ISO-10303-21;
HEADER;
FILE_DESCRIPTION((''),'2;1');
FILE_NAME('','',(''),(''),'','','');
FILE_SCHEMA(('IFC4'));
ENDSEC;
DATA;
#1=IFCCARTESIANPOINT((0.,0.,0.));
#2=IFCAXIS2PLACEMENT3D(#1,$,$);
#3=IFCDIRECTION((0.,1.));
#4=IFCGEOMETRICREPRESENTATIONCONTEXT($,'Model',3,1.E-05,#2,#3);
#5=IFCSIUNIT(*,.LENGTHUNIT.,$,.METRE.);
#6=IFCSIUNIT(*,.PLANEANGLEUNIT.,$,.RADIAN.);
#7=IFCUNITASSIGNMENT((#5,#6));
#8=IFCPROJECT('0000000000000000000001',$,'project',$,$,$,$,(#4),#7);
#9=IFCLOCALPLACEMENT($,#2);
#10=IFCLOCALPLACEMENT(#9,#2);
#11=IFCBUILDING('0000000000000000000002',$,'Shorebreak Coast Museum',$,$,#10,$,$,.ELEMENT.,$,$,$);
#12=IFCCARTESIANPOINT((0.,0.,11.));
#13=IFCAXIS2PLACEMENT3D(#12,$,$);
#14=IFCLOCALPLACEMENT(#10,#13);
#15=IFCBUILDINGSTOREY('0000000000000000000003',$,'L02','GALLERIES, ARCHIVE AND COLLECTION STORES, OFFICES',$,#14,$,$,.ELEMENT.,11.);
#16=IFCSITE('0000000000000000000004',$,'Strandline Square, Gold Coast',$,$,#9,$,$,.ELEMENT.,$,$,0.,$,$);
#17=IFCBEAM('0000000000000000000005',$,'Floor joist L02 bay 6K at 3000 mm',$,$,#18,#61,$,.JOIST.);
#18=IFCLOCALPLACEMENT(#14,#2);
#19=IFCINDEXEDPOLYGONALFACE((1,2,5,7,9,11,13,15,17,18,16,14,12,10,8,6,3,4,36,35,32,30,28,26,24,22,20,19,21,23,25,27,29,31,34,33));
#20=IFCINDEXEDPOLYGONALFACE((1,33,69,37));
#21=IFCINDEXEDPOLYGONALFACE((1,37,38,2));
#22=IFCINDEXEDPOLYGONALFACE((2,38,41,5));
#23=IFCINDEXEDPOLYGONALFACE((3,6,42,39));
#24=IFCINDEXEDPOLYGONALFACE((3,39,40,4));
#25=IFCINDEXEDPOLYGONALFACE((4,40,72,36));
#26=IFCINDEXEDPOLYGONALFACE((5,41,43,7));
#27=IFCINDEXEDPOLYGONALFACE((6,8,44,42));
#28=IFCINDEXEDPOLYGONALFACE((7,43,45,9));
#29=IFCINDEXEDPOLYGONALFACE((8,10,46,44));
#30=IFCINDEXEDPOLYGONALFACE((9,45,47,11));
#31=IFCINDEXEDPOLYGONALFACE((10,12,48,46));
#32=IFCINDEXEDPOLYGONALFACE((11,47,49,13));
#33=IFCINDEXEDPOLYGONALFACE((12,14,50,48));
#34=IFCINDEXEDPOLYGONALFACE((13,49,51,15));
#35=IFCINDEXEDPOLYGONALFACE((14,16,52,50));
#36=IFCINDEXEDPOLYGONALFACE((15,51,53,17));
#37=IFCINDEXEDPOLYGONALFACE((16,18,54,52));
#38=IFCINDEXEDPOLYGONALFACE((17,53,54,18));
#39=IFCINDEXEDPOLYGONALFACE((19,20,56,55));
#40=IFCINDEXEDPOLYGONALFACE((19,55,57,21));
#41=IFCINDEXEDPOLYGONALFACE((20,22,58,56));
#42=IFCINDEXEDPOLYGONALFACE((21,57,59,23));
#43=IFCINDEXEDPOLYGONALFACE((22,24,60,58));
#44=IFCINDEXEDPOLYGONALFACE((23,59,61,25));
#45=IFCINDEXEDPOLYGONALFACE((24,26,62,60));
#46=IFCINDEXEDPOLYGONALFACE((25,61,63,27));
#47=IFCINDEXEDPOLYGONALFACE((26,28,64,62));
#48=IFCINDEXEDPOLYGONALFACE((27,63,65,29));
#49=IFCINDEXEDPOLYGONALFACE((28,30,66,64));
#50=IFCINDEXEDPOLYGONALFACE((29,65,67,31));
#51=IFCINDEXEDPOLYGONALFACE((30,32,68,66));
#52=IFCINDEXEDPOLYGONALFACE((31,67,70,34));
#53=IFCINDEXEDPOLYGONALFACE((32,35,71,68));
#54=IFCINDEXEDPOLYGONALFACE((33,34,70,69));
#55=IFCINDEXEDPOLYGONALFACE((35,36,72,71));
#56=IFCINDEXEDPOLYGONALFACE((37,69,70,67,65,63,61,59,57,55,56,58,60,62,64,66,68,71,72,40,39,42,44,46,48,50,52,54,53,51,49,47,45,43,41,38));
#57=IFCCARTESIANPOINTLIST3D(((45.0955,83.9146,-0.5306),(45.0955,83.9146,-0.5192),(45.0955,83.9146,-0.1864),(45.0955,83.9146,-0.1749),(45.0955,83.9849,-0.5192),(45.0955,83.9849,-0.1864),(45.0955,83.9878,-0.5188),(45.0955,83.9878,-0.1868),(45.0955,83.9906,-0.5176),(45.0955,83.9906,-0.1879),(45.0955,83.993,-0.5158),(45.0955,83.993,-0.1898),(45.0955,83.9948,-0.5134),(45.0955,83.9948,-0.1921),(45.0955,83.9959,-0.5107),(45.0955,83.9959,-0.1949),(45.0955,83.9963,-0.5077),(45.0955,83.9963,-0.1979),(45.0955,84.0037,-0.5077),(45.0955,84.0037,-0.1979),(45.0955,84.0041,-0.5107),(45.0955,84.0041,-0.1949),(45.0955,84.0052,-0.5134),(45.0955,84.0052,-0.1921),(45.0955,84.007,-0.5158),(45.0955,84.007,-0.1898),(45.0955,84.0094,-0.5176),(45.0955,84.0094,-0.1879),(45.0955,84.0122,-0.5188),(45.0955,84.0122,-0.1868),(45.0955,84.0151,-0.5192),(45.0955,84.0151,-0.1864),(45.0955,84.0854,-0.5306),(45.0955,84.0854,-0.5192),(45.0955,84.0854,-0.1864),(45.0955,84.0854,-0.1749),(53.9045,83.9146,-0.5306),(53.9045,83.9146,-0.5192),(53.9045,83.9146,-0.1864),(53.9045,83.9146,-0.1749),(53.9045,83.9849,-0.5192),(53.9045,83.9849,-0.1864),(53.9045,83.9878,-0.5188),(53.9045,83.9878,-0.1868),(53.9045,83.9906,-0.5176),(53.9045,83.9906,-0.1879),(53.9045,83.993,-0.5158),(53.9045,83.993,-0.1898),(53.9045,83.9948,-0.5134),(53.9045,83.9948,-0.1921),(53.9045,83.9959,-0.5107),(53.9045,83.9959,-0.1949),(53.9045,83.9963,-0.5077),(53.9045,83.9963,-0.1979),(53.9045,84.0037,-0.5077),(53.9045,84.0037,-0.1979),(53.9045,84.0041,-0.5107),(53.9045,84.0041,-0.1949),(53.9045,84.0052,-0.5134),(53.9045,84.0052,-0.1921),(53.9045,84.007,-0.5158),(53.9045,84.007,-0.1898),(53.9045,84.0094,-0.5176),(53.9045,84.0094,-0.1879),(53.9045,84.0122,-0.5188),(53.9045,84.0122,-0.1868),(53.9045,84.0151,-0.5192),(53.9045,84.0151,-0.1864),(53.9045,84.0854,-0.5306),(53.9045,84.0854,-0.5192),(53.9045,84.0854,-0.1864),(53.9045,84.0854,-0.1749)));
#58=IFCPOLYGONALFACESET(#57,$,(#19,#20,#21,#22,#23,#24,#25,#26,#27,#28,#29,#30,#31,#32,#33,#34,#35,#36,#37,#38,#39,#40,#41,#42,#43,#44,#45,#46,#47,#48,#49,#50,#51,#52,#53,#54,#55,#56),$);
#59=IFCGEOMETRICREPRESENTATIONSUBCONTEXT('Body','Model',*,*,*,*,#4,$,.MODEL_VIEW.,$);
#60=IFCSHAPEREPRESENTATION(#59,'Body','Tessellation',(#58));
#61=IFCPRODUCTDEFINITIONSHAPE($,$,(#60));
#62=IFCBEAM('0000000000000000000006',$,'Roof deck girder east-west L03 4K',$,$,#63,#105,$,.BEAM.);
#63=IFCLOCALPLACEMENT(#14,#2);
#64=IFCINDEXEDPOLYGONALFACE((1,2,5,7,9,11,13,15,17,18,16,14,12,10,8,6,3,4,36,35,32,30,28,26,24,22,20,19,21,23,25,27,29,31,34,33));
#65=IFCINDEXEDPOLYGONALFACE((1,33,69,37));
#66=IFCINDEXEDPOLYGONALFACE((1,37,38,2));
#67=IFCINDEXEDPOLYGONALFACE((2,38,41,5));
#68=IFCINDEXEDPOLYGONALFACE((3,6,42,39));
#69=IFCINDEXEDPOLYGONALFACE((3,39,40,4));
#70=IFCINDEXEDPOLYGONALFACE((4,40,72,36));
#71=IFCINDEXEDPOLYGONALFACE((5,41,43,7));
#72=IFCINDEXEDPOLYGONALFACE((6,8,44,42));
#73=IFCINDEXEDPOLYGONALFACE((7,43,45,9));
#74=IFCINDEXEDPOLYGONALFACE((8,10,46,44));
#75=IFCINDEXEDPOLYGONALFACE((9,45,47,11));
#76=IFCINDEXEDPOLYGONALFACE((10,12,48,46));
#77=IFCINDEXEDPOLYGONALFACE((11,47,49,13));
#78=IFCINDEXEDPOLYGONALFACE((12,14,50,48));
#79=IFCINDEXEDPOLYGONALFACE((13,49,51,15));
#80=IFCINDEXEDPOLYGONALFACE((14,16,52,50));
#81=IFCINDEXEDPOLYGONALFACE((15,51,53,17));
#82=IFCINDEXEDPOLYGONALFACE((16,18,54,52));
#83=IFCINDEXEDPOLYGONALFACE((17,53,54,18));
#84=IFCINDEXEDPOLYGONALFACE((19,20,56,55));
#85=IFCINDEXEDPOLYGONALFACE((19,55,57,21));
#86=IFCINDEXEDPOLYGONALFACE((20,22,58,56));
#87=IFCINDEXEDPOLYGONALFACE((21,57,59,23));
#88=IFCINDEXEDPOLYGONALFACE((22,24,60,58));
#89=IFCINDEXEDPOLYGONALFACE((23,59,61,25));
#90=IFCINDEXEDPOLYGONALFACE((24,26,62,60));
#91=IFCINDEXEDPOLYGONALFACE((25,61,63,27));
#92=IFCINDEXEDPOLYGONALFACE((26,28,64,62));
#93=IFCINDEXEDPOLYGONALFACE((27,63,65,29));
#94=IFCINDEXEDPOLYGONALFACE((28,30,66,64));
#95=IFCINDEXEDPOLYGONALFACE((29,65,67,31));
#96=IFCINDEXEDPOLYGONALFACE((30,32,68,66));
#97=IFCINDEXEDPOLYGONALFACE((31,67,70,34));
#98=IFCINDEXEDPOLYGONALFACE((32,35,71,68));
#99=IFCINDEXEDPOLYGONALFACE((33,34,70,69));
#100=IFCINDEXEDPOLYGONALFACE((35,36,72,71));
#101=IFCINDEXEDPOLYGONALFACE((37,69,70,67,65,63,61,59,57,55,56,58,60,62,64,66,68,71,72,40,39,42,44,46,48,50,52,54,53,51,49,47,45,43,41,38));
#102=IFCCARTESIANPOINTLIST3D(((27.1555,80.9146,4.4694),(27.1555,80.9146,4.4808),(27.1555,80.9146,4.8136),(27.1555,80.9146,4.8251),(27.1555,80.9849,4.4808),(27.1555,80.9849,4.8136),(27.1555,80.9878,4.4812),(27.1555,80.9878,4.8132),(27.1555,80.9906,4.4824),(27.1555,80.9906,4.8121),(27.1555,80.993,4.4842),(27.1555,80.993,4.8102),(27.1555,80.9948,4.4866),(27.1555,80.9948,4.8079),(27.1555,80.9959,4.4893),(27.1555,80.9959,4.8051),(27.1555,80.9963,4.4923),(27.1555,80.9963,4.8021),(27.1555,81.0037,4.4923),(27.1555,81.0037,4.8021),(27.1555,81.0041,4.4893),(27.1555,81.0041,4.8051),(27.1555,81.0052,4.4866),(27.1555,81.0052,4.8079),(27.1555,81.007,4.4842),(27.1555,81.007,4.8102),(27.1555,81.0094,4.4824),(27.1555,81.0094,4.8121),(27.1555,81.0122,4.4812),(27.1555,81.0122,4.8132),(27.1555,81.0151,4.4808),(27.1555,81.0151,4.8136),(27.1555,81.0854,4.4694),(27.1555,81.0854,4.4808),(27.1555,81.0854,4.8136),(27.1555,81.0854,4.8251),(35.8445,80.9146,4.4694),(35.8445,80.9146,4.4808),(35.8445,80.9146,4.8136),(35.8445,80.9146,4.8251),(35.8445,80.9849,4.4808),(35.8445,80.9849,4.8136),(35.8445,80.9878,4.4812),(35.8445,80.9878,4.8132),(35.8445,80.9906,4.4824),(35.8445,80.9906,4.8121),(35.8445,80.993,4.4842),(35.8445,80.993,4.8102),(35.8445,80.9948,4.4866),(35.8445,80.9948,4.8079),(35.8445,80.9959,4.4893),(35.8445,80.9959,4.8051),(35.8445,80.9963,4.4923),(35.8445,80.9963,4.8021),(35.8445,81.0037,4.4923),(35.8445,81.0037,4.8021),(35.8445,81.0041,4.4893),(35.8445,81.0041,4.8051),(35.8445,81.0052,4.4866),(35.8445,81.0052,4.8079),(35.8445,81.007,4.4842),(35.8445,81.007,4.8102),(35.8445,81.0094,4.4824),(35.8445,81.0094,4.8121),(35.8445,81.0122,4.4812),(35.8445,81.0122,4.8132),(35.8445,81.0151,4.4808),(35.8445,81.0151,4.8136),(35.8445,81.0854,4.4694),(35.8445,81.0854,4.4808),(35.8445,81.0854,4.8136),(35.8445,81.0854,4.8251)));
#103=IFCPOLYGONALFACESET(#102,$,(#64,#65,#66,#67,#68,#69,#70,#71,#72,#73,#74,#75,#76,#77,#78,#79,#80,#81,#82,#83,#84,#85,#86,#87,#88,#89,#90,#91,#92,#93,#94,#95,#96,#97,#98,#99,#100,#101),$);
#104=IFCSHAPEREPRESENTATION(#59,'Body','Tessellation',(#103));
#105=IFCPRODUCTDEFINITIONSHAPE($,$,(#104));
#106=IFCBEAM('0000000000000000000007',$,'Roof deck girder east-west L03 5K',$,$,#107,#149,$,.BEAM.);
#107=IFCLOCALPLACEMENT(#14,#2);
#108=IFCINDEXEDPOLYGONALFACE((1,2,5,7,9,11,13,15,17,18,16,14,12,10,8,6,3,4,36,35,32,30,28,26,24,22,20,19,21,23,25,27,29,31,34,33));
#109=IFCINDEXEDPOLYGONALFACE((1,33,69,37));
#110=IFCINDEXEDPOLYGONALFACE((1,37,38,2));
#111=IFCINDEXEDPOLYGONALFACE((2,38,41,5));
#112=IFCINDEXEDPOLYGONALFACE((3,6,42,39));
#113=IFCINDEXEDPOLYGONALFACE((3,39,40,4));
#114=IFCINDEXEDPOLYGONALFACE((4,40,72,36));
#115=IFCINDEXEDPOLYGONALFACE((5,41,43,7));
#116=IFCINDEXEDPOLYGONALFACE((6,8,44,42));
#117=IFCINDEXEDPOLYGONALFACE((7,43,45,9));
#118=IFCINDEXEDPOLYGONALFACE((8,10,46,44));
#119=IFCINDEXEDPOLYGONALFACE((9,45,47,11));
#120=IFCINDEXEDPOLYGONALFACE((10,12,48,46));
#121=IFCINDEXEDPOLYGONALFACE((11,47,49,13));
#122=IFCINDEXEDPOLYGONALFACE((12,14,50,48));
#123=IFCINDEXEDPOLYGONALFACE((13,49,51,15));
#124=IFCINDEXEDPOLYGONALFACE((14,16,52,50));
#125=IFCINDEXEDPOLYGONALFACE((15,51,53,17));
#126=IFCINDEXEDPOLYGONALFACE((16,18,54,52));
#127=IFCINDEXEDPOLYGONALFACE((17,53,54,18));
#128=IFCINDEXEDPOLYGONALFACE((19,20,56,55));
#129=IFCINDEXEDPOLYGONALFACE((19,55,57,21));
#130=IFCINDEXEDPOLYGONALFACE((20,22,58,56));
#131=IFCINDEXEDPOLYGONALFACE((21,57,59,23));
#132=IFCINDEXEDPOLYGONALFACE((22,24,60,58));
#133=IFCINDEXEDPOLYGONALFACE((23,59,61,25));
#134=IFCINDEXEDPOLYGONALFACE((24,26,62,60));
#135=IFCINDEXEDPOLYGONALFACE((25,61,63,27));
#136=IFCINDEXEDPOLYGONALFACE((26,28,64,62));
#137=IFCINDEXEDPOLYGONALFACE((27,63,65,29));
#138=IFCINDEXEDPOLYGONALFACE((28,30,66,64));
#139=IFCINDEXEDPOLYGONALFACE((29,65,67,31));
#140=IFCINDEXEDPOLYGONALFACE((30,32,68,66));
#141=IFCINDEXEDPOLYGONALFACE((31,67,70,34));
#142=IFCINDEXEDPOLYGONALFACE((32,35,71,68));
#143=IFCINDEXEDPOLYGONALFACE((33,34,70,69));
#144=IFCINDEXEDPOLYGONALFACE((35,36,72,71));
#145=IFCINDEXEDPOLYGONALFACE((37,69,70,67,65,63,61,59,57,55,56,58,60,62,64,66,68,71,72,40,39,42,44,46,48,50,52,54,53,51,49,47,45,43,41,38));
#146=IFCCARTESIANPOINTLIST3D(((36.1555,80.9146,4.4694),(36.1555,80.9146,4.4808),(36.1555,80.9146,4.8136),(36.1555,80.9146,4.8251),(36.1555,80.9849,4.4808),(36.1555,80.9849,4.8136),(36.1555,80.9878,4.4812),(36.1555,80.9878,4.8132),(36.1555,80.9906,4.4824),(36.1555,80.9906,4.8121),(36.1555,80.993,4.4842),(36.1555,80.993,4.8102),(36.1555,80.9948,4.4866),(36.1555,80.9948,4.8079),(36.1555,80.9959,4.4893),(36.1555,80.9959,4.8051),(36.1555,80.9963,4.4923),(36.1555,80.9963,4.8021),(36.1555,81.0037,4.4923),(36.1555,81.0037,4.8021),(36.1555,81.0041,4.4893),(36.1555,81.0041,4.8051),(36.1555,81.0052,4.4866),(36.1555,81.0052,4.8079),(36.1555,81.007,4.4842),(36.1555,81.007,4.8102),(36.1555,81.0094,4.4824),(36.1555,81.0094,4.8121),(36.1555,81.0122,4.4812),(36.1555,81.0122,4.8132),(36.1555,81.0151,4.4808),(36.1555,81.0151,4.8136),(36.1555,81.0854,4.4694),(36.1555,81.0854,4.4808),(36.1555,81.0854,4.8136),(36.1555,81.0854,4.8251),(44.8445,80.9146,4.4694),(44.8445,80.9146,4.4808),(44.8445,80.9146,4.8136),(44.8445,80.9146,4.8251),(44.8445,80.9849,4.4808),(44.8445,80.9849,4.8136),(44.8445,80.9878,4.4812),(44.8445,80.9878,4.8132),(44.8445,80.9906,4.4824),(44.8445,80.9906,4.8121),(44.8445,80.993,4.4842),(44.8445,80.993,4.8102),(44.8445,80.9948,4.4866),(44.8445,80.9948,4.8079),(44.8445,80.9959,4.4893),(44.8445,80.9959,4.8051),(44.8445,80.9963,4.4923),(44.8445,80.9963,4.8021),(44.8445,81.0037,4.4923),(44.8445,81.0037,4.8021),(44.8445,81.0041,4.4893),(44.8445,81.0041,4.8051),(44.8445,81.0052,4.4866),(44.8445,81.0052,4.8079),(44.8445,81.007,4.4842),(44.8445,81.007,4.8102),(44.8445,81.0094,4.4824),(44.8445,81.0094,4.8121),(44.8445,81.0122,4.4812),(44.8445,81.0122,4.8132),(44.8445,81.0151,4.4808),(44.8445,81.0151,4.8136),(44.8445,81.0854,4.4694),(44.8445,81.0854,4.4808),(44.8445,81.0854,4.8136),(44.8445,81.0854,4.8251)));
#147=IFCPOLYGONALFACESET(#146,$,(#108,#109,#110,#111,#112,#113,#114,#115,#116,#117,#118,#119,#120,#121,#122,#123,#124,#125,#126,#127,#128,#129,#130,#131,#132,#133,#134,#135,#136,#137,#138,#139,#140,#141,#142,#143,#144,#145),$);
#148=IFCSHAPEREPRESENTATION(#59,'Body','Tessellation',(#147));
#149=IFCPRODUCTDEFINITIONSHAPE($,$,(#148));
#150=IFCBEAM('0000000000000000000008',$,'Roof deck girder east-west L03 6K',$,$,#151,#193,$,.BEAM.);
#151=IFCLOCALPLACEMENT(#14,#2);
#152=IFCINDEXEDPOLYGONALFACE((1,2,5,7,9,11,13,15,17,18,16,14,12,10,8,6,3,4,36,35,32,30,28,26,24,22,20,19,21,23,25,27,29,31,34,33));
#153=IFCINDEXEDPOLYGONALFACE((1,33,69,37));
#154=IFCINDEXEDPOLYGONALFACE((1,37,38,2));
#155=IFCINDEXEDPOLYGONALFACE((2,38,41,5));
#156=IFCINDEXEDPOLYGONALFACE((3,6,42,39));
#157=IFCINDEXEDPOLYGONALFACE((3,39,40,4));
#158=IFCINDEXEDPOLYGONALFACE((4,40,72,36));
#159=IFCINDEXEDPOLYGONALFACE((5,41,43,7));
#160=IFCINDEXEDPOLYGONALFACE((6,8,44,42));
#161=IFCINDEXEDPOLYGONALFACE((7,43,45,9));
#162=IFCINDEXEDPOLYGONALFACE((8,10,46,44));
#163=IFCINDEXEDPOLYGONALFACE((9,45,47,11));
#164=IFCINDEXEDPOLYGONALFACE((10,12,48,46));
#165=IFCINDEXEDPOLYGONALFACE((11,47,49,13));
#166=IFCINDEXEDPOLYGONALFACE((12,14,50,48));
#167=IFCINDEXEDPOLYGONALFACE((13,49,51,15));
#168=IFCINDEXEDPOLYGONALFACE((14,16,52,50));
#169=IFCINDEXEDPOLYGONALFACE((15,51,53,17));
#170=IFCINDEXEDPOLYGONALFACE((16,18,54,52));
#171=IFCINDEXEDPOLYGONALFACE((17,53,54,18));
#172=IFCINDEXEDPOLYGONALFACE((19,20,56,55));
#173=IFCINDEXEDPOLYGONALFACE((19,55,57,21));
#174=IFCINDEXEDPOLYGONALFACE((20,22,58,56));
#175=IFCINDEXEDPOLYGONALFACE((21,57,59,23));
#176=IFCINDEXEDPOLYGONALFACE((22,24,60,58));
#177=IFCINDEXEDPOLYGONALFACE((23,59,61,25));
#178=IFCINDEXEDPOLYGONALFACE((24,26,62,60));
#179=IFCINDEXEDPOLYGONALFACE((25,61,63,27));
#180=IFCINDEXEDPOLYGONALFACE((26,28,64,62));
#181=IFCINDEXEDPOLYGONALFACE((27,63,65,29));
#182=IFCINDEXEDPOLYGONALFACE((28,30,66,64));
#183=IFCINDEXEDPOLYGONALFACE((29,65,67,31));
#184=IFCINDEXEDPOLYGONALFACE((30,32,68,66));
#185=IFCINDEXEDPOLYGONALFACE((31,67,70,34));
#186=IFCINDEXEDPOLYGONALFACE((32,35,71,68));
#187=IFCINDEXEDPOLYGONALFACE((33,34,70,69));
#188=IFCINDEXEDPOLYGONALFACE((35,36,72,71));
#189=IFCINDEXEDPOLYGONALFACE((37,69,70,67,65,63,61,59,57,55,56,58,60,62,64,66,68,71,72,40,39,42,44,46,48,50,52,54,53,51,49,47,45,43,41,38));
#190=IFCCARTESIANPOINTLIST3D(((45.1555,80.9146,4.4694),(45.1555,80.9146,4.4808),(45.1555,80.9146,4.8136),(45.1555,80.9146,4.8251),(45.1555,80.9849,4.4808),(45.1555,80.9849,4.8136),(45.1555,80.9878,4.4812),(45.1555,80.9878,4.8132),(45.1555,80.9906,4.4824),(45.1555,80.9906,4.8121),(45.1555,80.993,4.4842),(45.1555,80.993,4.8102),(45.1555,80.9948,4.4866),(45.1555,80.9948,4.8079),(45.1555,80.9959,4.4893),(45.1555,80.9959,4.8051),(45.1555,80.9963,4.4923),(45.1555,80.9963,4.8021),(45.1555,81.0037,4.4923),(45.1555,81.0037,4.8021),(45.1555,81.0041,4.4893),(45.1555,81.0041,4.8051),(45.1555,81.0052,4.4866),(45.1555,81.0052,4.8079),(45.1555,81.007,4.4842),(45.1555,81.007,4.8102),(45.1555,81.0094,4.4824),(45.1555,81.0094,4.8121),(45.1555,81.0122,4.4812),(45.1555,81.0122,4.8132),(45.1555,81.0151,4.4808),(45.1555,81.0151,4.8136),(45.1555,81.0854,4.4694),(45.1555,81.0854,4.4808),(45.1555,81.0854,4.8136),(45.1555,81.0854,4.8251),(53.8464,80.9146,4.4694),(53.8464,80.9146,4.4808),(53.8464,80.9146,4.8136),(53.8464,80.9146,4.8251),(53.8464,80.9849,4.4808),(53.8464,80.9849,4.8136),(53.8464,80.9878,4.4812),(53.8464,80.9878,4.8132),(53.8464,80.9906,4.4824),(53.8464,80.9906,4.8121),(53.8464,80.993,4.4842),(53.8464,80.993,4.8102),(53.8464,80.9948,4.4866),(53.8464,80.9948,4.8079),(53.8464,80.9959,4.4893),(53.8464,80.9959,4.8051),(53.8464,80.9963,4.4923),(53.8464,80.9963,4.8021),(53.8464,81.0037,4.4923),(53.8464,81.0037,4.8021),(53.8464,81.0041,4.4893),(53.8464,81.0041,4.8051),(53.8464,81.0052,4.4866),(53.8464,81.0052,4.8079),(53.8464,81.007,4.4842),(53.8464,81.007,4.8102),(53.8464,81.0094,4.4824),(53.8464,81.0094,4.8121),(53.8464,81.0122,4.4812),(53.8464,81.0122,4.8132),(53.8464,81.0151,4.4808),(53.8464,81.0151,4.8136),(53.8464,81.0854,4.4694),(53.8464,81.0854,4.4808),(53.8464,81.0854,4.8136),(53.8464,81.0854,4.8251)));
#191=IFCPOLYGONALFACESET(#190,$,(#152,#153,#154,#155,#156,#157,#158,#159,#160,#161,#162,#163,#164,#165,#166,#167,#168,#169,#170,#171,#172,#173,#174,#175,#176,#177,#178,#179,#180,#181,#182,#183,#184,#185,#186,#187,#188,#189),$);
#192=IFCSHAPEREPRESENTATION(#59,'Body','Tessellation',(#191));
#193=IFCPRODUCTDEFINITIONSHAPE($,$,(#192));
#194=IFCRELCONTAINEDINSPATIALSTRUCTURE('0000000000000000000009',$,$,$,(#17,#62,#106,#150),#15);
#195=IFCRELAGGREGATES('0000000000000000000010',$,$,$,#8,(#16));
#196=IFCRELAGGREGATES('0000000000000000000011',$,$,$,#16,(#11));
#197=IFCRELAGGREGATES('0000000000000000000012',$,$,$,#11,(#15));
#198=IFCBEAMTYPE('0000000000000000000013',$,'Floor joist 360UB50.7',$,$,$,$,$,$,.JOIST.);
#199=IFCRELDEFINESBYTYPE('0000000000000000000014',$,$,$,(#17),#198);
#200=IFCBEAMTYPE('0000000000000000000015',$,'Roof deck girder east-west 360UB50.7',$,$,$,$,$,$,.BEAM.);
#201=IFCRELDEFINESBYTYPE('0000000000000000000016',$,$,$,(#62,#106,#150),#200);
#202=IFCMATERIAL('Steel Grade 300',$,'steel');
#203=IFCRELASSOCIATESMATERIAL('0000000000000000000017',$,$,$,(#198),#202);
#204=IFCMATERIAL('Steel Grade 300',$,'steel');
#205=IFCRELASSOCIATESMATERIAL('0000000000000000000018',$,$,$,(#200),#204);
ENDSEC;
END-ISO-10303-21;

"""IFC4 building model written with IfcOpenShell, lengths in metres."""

from ifc_helpers import new_model, si_unit, direction, frame, origin, origin_2d, place, context, subcontext, project, spatial, i_section, extrude, material, material_profile, profile_set, type_object, element, save


model = new_model("IFC4")

# Units and contexts
model_context = context("Model", 3, precision=1e-05, world=origin(), true_north=direction((0.0, 1.0)))
body_context = subcontext(model_context, "Body", "Model", "MODEL_VIEW")
ifc_project = project(units=[si_unit("LENGTHUNIT", "METRE"), si_unit("PLANEANGLEUNIT", "RADIAN")], contexts=[model_context])

# Site, building, storey
site_placement = place(None, origin())
site = spatial("IfcSite", under=ifc_project, at=site_placement, Name="Strandline Square, Gold Coast", CompositionType="ELEMENT", RefElevation=0.0)
building_placement = place(site_placement, origin())
building = spatial("IfcBuilding", under=site, at=building_placement, Name="Shorebreak Coast Museum", CompositionType="ELEMENT")
storey_placement = place(building_placement, frame((0.0, 0.0, 11.0)))
storey = spatial("IfcBuildingStorey", under=building, at=storey_placement, Name="L02", Description="GALLERIES, ARCHIVE AND COLLECTION STORES, OFFICES", CompositionType="ELEMENT", Elevation=11.0)

# Beams
ifc_material_1 = material(Name="Steel Grade 300", Category="steel")
ifc_material_profile_1 = material_profile(ifc_material_1, i_section(OverallWidth=0.1709, OverallDepth=0.3557, WebThickness=0.0073, FlangeThickness=0.0115, FilletRadius=0.0115, at=origin_2d()), Name="360UB50.7")
ifc_profile_set_1 = profile_set([ifc_material_profile_1], Name="Steel Grade 300")
beam_type_1 = type_object("IfcBeamType", Name="Floor joist 360UB50.7", PredefinedType="JOIST", material=ifc_profile_set_1)
for number, where, z_axis, x_axis, name in (
    (1, (45.0955, 84.0, -0.3528), (1.0, 0.0, 0.0), (0.0, 1.0, 0.0), "Floor joist L02 bay 6K at 3000 mm"),
):
    element("IfcBeam", number, at=place(storey_placement, frame(where, z_axis=z_axis, x_axis=x_axis)), inside=storey, type_object=beam_type_1, Name=name, PredefinedType="JOIST", context=body_context, shape_type="SweptSolid", body=[
        extrude(i_section(OverallWidth=0.1709, OverallDepth=0.3557, WebThickness=0.0073, FlangeThickness=0.0115, FilletRadius=0.0115, at=origin_2d()), origin(), (0.0, 0.0, 1.0), 8.8091),
    ])
ifc_material_2 = material(Name="Steel Grade 300", Category="steel")
ifc_material_profile_2 = material_profile(ifc_material_2, i_section(OverallWidth=0.1709, OverallDepth=0.3557, WebThickness=0.0073, FlangeThickness=0.0115, FilletRadius=0.0115, at=origin_2d()), Name="360UB50.7")
ifc_profile_set_2 = profile_set([ifc_material_profile_2], Name="Steel Grade 300")
beam_type_2 = type_object("IfcBeamType", Name="Roof deck girder east-west 360UB50.7", PredefinedType="BEAM", material=ifc_profile_set_2)
for number, where, z_axis, x_axis, name in (
    (2, (27.1555, 81.0, 4.6472), (1.0, 0.0, 0.0), (0.0, 1.0, 0.0), "Roof deck girder east-west L03 4K"),
    (3, (36.1555, 81.0, 4.6472), (1.0, 0.0, 0.0), (0.0, 1.0, 0.0), "Roof deck girder east-west L03 5K"),
):
    element("IfcBeam", number, at=place(storey_placement, frame(where, z_axis=z_axis, x_axis=x_axis)), inside=storey, type_object=beam_type_2, Name=name, PredefinedType="BEAM", context=body_context, shape_type="SweptSolid", body=[
        extrude(i_section(OverallWidth=0.1709, OverallDepth=0.3557, WebThickness=0.0073, FlangeThickness=0.0115, FilletRadius=0.0115, at=origin_2d()), origin(), (0.0, 0.0, 1.0), 8.689),
    ])
beam_1_placement = place(storey_placement, frame((45.1555, 81.0, 4.6472), z_axis=(1.0, 0.0, 0.0), x_axis=(0.0, 1.0, 0.0)))
element("IfcBeam", 4, at=beam_1_placement, inside=storey, type_object=beam_type_2, Name="Roof deck girder east-west L03 6K", PredefinedType="BEAM", context=body_context, shape_type="SweptSolid", body=[
    extrude(i_section(OverallWidth=0.1709, OverallDepth=0.3557, WebThickness=0.0073, FlangeThickness=0.0115, FilletRadius=0.0115, at=origin_2d()), origin(), (0.0, 0.0, 1.0), 8.6909),
])

save(model, "model.ifc")
